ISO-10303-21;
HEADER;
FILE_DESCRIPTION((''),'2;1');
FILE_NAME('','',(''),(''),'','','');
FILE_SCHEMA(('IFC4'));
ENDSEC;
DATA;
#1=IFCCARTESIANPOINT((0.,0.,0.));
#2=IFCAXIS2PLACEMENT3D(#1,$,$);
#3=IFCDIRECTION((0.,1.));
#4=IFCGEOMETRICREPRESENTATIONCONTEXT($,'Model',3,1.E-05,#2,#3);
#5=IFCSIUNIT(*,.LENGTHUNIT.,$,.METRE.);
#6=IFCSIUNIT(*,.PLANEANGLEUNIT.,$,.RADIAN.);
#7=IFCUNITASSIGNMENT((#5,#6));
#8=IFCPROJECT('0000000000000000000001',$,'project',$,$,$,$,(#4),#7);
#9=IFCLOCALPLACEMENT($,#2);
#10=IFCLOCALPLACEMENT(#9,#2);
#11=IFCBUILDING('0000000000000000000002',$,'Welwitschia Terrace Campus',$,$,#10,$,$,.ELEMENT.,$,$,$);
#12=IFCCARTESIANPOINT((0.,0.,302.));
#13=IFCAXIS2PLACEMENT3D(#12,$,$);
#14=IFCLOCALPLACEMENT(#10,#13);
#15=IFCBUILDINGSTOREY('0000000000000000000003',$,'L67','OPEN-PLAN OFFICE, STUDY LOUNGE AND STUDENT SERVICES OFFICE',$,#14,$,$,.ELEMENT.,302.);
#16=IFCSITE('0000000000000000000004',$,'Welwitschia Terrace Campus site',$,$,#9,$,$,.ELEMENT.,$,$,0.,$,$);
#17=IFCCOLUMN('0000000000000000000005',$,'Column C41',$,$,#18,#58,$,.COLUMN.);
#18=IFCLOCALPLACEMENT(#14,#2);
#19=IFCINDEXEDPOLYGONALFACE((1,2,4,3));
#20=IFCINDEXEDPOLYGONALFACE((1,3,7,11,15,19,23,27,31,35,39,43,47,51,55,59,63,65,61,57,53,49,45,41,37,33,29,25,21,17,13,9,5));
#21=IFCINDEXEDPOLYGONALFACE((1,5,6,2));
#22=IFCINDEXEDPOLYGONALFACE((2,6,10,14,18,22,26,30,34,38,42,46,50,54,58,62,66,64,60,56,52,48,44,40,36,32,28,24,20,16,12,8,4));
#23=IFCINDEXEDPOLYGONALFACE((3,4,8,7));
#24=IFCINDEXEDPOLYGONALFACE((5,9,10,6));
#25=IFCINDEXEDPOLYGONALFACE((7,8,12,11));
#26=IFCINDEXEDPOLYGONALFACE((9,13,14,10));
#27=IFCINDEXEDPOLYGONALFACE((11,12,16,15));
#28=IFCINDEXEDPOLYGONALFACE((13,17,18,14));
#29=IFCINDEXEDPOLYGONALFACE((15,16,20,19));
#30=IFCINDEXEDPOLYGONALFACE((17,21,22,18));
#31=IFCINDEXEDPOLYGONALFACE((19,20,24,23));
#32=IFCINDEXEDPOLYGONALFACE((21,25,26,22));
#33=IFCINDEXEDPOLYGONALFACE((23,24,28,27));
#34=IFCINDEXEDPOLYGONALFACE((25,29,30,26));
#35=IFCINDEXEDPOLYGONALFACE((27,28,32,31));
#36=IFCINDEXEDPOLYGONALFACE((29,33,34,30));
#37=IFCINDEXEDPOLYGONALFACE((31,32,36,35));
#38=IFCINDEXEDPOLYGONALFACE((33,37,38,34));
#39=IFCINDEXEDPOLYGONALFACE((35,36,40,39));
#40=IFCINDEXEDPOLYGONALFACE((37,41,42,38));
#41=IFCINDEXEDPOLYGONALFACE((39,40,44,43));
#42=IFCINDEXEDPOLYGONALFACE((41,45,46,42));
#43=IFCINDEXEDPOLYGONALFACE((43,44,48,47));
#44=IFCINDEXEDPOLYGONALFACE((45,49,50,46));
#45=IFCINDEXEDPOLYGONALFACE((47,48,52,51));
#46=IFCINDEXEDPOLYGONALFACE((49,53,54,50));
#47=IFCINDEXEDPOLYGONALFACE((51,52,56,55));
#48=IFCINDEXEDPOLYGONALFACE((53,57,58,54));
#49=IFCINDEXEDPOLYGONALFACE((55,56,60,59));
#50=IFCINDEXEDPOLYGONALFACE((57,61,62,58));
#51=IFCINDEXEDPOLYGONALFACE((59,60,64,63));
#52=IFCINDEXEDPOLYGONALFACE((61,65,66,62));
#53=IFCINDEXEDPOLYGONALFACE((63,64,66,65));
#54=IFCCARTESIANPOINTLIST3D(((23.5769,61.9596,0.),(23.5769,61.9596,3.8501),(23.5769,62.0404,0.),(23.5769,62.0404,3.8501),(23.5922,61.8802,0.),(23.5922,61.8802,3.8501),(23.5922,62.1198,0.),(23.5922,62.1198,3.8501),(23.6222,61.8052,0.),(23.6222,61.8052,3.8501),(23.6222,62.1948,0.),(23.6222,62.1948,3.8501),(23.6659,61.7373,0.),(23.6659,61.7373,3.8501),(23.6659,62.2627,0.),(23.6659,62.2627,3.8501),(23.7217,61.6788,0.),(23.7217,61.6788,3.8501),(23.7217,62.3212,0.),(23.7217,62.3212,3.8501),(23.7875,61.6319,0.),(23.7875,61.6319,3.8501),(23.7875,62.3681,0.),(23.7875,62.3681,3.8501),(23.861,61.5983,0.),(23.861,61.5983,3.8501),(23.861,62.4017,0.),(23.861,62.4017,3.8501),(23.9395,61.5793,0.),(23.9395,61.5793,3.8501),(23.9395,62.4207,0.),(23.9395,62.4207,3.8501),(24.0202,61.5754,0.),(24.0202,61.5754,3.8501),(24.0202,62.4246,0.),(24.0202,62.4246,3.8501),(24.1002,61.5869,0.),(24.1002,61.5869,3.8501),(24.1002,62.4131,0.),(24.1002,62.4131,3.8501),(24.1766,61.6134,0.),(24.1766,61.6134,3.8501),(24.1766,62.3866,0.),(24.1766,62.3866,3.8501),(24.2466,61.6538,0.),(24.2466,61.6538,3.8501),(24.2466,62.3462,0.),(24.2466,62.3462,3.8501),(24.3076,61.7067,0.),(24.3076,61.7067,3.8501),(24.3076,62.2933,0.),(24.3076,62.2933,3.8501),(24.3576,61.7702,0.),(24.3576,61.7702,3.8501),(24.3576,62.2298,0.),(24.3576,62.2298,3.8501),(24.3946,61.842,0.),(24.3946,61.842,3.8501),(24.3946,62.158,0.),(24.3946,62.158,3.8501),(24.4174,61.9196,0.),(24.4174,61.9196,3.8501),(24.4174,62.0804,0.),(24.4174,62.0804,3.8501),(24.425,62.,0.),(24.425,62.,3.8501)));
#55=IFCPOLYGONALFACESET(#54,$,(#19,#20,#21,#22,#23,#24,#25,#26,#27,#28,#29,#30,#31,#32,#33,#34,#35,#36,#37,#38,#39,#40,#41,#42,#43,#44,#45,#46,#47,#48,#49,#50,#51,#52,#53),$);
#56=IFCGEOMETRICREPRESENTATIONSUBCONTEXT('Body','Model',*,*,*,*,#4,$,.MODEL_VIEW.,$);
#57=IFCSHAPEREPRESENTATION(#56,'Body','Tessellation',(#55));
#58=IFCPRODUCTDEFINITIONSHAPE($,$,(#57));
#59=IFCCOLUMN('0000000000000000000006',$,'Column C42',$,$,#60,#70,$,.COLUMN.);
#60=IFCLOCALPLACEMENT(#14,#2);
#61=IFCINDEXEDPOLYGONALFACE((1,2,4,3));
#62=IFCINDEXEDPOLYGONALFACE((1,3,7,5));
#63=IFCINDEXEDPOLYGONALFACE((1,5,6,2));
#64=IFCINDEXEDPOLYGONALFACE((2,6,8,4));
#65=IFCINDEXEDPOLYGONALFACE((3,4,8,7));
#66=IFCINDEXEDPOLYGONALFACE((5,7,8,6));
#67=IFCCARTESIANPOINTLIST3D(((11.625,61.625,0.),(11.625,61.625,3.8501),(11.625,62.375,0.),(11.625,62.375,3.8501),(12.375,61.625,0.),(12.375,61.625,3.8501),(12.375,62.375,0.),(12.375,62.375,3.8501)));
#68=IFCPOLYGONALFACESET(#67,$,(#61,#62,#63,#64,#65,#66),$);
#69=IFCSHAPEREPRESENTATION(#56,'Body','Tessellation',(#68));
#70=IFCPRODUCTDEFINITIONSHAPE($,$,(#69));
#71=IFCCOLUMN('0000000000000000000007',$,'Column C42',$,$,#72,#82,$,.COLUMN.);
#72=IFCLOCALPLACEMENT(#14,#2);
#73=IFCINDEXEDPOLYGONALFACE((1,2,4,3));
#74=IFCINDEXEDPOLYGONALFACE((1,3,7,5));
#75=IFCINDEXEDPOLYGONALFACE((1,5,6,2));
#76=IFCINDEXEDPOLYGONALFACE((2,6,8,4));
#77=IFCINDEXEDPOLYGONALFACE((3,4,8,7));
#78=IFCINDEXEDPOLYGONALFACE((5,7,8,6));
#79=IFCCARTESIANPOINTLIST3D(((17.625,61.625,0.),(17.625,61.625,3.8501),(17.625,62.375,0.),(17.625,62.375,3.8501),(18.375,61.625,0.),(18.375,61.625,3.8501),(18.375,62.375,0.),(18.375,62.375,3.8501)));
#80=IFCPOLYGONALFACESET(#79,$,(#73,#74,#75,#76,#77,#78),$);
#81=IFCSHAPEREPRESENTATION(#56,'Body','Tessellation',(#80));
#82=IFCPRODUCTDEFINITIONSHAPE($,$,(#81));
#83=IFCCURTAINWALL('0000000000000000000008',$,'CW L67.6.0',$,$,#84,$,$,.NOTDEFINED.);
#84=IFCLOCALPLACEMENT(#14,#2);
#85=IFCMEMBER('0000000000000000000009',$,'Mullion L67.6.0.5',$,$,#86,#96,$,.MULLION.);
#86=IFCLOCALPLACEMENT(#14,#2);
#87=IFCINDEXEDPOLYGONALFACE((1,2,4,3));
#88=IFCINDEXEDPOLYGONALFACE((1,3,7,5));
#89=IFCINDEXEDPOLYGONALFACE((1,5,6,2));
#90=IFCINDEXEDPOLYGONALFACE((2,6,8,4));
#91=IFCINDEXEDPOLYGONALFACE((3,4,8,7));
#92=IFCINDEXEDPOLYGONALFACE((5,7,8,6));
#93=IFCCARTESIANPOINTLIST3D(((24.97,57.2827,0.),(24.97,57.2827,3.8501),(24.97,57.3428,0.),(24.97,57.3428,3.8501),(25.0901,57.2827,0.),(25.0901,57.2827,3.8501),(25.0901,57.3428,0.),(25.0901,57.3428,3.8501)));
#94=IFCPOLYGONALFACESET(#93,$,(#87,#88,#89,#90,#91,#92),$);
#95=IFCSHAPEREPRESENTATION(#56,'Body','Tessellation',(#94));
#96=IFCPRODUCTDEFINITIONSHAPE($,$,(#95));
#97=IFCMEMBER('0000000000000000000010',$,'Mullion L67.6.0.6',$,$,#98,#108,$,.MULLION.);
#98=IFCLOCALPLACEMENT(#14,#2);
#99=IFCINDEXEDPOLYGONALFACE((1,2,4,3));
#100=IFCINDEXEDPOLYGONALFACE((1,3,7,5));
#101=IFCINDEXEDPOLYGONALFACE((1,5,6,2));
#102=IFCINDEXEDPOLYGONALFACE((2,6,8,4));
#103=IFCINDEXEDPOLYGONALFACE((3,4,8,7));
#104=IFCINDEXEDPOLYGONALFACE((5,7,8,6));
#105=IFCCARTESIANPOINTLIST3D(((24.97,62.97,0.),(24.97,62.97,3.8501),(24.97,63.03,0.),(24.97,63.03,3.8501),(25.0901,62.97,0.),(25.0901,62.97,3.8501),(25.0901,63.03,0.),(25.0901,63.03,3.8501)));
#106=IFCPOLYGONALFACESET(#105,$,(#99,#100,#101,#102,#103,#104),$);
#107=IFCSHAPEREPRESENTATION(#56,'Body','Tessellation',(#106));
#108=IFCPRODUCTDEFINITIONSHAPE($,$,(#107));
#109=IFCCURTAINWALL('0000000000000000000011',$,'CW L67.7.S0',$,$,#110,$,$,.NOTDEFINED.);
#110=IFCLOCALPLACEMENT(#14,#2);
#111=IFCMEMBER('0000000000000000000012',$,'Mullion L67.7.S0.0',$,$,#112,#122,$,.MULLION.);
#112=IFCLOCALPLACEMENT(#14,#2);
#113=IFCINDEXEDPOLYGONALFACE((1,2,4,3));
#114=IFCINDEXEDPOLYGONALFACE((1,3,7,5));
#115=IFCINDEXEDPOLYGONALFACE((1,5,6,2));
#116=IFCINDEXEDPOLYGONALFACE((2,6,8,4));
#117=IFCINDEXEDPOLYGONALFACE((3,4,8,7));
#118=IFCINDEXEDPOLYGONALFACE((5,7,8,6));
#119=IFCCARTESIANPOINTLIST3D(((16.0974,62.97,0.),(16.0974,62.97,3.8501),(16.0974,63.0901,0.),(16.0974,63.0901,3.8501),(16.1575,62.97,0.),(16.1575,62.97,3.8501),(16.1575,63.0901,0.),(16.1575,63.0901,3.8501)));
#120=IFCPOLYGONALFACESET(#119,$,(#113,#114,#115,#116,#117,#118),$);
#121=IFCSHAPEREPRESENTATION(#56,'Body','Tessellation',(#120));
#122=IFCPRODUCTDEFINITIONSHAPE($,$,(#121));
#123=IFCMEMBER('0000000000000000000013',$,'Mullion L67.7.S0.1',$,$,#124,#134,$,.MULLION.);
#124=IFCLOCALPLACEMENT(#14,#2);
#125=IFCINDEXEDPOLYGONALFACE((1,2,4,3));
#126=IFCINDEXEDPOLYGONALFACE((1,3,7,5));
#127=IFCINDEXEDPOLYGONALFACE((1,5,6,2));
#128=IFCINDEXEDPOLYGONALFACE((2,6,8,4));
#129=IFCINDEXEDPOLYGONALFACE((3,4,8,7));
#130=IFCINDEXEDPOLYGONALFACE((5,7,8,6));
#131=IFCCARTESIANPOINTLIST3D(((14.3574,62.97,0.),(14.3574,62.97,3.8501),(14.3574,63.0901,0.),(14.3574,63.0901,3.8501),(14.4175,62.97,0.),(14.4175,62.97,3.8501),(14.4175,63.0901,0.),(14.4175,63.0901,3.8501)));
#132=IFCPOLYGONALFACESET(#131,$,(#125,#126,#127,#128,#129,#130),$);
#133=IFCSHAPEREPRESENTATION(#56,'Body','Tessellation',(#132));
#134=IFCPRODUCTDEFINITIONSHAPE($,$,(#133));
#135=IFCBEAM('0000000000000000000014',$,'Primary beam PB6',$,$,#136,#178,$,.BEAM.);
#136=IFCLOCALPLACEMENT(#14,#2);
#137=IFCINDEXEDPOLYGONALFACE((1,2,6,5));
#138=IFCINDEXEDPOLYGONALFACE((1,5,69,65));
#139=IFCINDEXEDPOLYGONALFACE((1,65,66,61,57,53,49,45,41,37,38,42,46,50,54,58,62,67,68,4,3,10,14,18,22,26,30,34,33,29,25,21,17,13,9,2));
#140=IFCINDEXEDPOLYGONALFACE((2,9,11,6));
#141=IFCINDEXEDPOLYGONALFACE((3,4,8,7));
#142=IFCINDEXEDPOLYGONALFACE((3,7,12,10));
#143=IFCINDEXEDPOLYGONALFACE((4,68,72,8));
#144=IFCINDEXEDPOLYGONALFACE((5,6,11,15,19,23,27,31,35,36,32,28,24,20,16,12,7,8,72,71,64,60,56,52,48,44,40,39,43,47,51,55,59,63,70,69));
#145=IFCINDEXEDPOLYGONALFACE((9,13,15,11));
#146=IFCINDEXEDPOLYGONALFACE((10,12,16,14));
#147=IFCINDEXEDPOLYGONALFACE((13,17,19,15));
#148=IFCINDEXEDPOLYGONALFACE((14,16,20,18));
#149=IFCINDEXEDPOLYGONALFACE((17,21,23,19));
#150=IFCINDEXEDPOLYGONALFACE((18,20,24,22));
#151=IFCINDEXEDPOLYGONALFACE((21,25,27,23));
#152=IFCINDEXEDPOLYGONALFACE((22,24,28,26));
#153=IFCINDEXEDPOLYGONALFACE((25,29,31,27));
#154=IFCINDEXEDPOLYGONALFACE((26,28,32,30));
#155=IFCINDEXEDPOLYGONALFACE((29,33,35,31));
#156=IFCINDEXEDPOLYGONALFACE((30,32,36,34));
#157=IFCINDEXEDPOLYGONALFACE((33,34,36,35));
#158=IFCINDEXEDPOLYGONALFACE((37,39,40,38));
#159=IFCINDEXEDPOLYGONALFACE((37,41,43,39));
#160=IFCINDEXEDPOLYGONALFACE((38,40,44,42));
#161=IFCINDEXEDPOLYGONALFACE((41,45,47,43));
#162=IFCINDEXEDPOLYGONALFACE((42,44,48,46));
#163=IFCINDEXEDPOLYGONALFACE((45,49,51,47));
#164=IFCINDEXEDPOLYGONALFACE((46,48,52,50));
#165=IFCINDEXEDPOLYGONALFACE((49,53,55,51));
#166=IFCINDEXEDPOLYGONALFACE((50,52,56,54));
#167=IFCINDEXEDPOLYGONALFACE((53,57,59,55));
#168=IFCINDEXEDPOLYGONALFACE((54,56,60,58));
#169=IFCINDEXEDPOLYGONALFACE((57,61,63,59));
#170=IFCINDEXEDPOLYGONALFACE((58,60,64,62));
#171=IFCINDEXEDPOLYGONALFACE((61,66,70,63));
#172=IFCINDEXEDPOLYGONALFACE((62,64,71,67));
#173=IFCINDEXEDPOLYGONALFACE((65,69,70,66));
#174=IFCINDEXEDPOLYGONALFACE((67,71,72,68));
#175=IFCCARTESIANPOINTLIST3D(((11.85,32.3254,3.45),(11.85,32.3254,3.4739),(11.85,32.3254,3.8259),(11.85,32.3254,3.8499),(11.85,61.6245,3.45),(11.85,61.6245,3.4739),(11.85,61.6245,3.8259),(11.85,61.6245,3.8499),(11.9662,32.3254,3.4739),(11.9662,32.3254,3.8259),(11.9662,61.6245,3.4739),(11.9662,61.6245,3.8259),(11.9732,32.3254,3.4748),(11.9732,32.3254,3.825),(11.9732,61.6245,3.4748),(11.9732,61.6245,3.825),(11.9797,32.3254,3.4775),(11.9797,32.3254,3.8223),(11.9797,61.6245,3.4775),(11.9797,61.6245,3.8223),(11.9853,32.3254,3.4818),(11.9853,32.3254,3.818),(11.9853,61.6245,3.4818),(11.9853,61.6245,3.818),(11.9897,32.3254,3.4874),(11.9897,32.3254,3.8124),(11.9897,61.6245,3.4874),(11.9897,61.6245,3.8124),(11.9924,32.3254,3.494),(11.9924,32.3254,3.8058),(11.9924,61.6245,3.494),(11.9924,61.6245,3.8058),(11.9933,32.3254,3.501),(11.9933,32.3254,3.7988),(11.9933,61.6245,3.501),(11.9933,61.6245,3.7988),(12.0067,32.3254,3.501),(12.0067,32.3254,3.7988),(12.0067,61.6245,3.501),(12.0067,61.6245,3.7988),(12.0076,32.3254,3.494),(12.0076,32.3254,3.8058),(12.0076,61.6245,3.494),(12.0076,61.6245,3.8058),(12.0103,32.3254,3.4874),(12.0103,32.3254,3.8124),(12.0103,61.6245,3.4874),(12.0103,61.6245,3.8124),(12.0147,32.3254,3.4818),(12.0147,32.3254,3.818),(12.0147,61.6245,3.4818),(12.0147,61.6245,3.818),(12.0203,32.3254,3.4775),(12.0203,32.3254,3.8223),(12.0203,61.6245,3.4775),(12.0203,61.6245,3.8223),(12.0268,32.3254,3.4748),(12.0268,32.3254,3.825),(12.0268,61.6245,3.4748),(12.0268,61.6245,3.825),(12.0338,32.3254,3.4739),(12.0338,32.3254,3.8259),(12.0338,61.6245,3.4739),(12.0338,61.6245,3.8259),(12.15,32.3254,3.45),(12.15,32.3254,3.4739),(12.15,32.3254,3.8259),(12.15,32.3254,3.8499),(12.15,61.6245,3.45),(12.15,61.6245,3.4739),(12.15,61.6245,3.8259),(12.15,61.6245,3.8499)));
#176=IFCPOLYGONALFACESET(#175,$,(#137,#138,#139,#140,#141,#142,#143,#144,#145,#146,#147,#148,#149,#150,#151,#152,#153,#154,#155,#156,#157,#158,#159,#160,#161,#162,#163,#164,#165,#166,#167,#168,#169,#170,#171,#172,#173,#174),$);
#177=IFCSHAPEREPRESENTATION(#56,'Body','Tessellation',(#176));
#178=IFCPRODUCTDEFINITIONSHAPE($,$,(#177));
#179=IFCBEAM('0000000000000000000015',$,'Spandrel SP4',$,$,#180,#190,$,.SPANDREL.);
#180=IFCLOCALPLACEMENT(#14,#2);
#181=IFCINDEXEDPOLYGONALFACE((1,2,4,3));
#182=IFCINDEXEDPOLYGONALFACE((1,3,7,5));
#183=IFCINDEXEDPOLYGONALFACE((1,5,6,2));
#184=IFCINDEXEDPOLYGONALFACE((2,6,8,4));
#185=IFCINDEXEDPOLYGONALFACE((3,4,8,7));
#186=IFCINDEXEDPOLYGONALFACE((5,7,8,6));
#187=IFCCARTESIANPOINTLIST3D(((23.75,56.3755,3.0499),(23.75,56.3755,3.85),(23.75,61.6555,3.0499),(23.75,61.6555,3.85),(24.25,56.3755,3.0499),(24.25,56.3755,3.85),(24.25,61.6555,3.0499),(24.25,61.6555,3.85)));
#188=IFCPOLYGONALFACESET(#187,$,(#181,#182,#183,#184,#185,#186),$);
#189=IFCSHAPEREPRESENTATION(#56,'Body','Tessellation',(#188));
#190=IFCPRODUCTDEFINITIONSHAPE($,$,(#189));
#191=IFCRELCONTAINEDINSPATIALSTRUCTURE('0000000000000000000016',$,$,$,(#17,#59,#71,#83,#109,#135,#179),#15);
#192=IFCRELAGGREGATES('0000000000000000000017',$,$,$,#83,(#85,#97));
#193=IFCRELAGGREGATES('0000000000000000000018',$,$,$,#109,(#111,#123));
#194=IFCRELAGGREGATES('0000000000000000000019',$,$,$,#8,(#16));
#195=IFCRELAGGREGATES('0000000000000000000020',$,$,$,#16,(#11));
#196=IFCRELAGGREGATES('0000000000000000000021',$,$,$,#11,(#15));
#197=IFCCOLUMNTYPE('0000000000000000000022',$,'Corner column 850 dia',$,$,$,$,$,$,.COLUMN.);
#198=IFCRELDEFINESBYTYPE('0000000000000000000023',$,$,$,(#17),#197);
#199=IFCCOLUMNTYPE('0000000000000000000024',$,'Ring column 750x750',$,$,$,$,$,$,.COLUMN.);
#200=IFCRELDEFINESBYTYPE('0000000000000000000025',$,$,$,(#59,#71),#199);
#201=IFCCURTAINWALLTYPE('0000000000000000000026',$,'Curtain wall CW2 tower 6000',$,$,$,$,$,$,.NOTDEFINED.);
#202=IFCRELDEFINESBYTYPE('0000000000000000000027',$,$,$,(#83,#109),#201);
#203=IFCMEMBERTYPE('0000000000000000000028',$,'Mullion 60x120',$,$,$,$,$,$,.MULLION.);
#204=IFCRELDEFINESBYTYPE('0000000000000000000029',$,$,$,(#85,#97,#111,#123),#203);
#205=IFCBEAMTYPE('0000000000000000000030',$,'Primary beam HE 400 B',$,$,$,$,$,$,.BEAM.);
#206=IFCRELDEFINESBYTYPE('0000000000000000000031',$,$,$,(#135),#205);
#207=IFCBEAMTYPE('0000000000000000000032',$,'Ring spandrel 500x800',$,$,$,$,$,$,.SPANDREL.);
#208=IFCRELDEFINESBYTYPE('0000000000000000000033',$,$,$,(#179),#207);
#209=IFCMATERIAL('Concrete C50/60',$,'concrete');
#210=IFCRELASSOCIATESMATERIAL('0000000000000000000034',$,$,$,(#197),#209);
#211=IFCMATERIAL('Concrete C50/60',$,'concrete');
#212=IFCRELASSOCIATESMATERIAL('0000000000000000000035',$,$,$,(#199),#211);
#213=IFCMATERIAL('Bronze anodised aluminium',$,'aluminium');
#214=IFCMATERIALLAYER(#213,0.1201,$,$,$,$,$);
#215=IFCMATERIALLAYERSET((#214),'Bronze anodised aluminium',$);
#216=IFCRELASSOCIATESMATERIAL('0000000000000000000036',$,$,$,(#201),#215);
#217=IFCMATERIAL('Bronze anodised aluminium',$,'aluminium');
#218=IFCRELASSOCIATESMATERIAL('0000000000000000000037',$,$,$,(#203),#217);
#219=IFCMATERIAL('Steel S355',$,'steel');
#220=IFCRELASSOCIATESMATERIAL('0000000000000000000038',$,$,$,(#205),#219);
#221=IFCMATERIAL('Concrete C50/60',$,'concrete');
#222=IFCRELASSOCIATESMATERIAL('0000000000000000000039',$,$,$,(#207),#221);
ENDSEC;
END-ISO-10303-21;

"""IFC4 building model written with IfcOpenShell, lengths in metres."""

from ifc_helpers import new_model, si_unit, direction, frame, origin, origin_2d, place, context, subcontext, project, spatial, rectangle, circle, i_section, extrude, material, layer, layer_set, material_profile, profile_set, type_object, element, aggregate, save


model = new_model("IFC4")

# Units and contexts
model_context = context("Model", 3, precision=1e-05, world=origin(), true_north=direction((0.0, 1.0)))
body_context = subcontext(model_context, "Body", "Model", "MODEL_VIEW")
ifc_project = project(units=[si_unit("LENGTHUNIT", "METRE"), si_unit("PLANEANGLEUNIT", "RADIAN")], contexts=[model_context])

# Site, building, storey
site_placement = place(None, origin())
site = spatial("IfcSite", under=ifc_project, at=site_placement, Name="Welwitschia Terrace Campus site", CompositionType="ELEMENT", RefElevation=0.0)
building_placement = place(site_placement, origin())
building = spatial("IfcBuilding", under=site, at=building_placement, Name="Welwitschia Terrace Campus", CompositionType="ELEMENT")
storey_placement = place(building_placement, frame((0.0, 0.0, 302.0)))
storey = spatial("IfcBuildingStorey", under=building, at=storey_placement, Name="L67", Description="OPEN-PLAN OFFICE, STUDY LOUNGE AND STUDENT SERVICES OFFICE", CompositionType="ELEMENT", Elevation=302.0)

# Columns
ifc_material_1 = material(Name="Concrete C50/60", Category="concrete")
ifc_material_profile_1 = material_profile(ifc_material_1, circle(Radius=0.425, at=origin_2d()))
ifc_profile_set_1 = profile_set([ifc_material_profile_1], Name="Concrete C50/60")
column_type_1 = type_object("IfcColumnType", Name="Corner column 850 dia", PredefinedType="COLUMN", material=ifc_profile_set_1)
column_placement = place(storey_placement, frame((24.0, 62.0, 0.0), z_axis=(0.0, 0.0, 1.0), x_axis=(1.0, 0.0, 0.0)))
element("IfcColumn", 1, at=column_placement, inside=storey, type_object=column_type_1, Name="Column C41", PredefinedType="COLUMN", context=body_context, shape_type="SweptSolid", body=[
    extrude(circle(Radius=0.425, at=origin_2d()), origin(), (0.0, 0.0, 1.0), 3.8501),
])
ifc_material_2 = material(Name="Concrete C50/60", Category="concrete")
ifc_material_profile_2 = material_profile(ifc_material_2, rectangle(XDim=0.75, YDim=0.75, at=origin_2d()))
ifc_profile_set_2 = profile_set([ifc_material_profile_2], Name="Concrete C50/60")
column_type_2 = type_object("IfcColumnType", Name="Ring column 750x750", PredefinedType="COLUMN", material=ifc_profile_set_2)
for number, where, z_axis, x_axis, name in (
    (2, (12.0, 62.0, 0.0), (0.0, 0.0, 1.0), (1.0, 0.0, 0.0), "Column C42"),
    (3, (18.0, 62.0, 0.0), (0.0, 0.0, 1.0), (1.0, 0.0, 0.0), "Column C42"),
):
    element("IfcColumn", number, at=place(storey_placement, frame(where, z_axis=z_axis, x_axis=x_axis)), inside=storey, type_object=column_type_2, Name=name, PredefinedType="COLUMN", context=body_context, shape_type="SweptSolid", body=[
        extrude(rectangle(XDim=0.75, YDim=0.75, at=origin_2d()), origin(), (0.0, 0.0, 1.0), 3.8501),
    ])

# Curtain walls, members
ifc_material_3 = material(Name="Bronze anodised aluminium", Category="aluminium")
ifc_layer_1 = layer(ifc_material_3, 0.1201)
ifc_layer_set_1 = layer_set([ifc_layer_1], Name="Bronze anodised aluminium")
curtain_wall_type = type_object("IfcCurtainWallType", Name="Curtain wall CW2 tower 6000", PredefinedType="NOTDEFINED", material=ifc_layer_set_1)
curtain_wall_1_placement = place(storey_placement, origin())
curtain_wall_1 = element("IfcCurtainWall", 4, at=curtain_wall_1_placement, inside=storey, type_object=curtain_wall_type, Name="CW L67.6.0", PredefinedType="NOTDEFINED")
ifc_material_4 = material(Name="Bronze anodised aluminium", Category="aluminium")
ifc_material_profile_3 = material_profile(ifc_material_4, rectangle(XDim=0.1201, YDim=0.0601, at=origin_2d()))
ifc_profile_set_3 = profile_set([ifc_material_profile_3], Name="Bronze anodised aluminium")
member_type_1 = type_object("IfcMemberType", Name="Mullion 60x120", PredefinedType="MULLION", material=ifc_profile_set_3)
member_1_placement = place(storey_placement, frame((25.03, 57.3127, 0.0), z_axis=(0.0, 0.0, 1.0), x_axis=(-1.0, 0.0, 0.0)))
member_1 = element("IfcMember", 5, at=member_1_placement, type_object=member_type_1, Name="Mullion L67.6.0.5", PredefinedType="MULLION", context=body_context, shape_type="SweptSolid", body=[
    extrude(rectangle(XDim=0.1201, YDim=0.0601, at=origin_2d()), origin(), (0.0, 0.0, 1.0), 3.8501),
])
member_2_placement = place(storey_placement, frame((25.03, 63.0, 0.0), z_axis=(0.0, 0.0, 1.0), x_axis=(-1.0, 0.0, 0.0)))
member_2 = element("IfcMember", 6, at=member_2_placement, type_object=member_type_1, Name="Mullion L67.6.0.6", PredefinedType="MULLION", context=body_context, shape_type="SweptSolid", body=[
    extrude(rectangle(XDim=0.1201, YDim=0.0601, at=origin_2d()), origin(), (0.0, 0.0, 1.0), 3.8501),
])
curtain_wall_2_placement = place(storey_placement, origin())
curtain_wall_2 = element("IfcCurtainWall", 7, at=curtain_wall_2_placement, inside=storey, type_object=curtain_wall_type, Name="CW L67.7.S0", PredefinedType="NOTDEFINED")
member_3_placement = place(storey_placement, frame((16.1274, 63.03, 0.0), z_axis=(0.0, 0.0, 1.0), x_axis=(0.0, -1.0, 0.0)))
member_3 = element("IfcMember", 8, at=member_3_placement, type_object=member_type_1, Name="Mullion L67.7.S0.0", PredefinedType="MULLION", context=body_context, shape_type="SweptSolid", body=[
    extrude(rectangle(XDim=0.1201, YDim=0.0601, at=origin_2d()), origin(), (0.0, 0.0, 1.0), 3.8501),
])
member_4_placement = place(storey_placement, frame((14.3875, 63.03, 0.0), z_axis=(0.0, 0.0, 1.0), x_axis=(0.0, -1.0, 0.0)))
member_4 = element("IfcMember", 9, at=member_4_placement, type_object=member_type_1, Name="Mullion L67.7.S0.1", PredefinedType="MULLION", context=body_context, shape_type="SweptSolid", body=[
    extrude(rectangle(XDim=0.1201, YDim=0.0601, at=origin_2d()), origin(), (0.0, 0.0, 1.0), 3.8501),
])

# Beams
ifc_material_5 = material(Name="Steel S355", Category="steel")
ifc_material_profile_4 = material_profile(ifc_material_5, i_section(OverallWidth=0.3, OverallDepth=0.3999, WebThickness=0.0134, FlangeThickness=0.0239, FilletRadius=0.0271, at=origin_2d()))
ifc_profile_set_4 = profile_set([ifc_material_profile_4], Name="Steel S355")
beam_type_1 = type_object("IfcBeamType", Name="Primary beam HE 400 B", PredefinedType="BEAM", material=ifc_profile_set_4)
beam_1_placement = place(storey_placement, frame((12.0, 61.6245, 3.6499), z_axis=(0.0, -1.0, 0.0), x_axis=(1.0, 0.0, 0.0)))
element("IfcBeam", 10, at=beam_1_placement, inside=storey, type_object=beam_type_1, Name="Primary beam PB6", PredefinedType="BEAM", context=body_context, shape_type="SweptSolid", body=[
    extrude(i_section(OverallWidth=0.3, OverallDepth=0.3999, WebThickness=0.0134, FlangeThickness=0.0239, FilletRadius=0.0271, at=origin_2d()), origin(), (0.0, 0.0, 1.0), 29.2991),
])
ifc_material_6 = material(Name="Concrete C50/60", Category="concrete")
ifc_material_profile_5 = material_profile(ifc_material_6, rectangle(XDim=0.5, YDim=0.8, at=origin_2d()))
ifc_profile_set_5 = profile_set([ifc_material_profile_5], Name="Concrete C50/60")
beam_type_2 = type_object("IfcBeamType", Name="Ring spandrel 500x800", PredefinedType="SPANDREL", material=ifc_profile_set_5)
for number, where, z_axis, x_axis, name in (
    (11, (24.0, 56.3755, 3.45), (0.0, 1.0, 0.0), (-1.0, 0.0, 0.0), "Spandrel SP4"),
):
    element("IfcBeam", number, at=place(storey_placement, frame(where, z_axis=z_axis, x_axis=x_axis)), inside=storey, type_object=beam_type_2, Name=name, PredefinedType="SPANDREL", context=body_context, shape_type="SweptSolid", body=[
        extrude(rectangle(XDim=0.5, YDim=0.8, at=origin_2d()), origin(), (0.0, 0.0, 1.0), 5.28),
    ])

aggregate(curtain_wall_1, [member_1, member_2])
aggregate(curtain_wall_2, [member_3, member_4])

save(model, "model.ifc")
